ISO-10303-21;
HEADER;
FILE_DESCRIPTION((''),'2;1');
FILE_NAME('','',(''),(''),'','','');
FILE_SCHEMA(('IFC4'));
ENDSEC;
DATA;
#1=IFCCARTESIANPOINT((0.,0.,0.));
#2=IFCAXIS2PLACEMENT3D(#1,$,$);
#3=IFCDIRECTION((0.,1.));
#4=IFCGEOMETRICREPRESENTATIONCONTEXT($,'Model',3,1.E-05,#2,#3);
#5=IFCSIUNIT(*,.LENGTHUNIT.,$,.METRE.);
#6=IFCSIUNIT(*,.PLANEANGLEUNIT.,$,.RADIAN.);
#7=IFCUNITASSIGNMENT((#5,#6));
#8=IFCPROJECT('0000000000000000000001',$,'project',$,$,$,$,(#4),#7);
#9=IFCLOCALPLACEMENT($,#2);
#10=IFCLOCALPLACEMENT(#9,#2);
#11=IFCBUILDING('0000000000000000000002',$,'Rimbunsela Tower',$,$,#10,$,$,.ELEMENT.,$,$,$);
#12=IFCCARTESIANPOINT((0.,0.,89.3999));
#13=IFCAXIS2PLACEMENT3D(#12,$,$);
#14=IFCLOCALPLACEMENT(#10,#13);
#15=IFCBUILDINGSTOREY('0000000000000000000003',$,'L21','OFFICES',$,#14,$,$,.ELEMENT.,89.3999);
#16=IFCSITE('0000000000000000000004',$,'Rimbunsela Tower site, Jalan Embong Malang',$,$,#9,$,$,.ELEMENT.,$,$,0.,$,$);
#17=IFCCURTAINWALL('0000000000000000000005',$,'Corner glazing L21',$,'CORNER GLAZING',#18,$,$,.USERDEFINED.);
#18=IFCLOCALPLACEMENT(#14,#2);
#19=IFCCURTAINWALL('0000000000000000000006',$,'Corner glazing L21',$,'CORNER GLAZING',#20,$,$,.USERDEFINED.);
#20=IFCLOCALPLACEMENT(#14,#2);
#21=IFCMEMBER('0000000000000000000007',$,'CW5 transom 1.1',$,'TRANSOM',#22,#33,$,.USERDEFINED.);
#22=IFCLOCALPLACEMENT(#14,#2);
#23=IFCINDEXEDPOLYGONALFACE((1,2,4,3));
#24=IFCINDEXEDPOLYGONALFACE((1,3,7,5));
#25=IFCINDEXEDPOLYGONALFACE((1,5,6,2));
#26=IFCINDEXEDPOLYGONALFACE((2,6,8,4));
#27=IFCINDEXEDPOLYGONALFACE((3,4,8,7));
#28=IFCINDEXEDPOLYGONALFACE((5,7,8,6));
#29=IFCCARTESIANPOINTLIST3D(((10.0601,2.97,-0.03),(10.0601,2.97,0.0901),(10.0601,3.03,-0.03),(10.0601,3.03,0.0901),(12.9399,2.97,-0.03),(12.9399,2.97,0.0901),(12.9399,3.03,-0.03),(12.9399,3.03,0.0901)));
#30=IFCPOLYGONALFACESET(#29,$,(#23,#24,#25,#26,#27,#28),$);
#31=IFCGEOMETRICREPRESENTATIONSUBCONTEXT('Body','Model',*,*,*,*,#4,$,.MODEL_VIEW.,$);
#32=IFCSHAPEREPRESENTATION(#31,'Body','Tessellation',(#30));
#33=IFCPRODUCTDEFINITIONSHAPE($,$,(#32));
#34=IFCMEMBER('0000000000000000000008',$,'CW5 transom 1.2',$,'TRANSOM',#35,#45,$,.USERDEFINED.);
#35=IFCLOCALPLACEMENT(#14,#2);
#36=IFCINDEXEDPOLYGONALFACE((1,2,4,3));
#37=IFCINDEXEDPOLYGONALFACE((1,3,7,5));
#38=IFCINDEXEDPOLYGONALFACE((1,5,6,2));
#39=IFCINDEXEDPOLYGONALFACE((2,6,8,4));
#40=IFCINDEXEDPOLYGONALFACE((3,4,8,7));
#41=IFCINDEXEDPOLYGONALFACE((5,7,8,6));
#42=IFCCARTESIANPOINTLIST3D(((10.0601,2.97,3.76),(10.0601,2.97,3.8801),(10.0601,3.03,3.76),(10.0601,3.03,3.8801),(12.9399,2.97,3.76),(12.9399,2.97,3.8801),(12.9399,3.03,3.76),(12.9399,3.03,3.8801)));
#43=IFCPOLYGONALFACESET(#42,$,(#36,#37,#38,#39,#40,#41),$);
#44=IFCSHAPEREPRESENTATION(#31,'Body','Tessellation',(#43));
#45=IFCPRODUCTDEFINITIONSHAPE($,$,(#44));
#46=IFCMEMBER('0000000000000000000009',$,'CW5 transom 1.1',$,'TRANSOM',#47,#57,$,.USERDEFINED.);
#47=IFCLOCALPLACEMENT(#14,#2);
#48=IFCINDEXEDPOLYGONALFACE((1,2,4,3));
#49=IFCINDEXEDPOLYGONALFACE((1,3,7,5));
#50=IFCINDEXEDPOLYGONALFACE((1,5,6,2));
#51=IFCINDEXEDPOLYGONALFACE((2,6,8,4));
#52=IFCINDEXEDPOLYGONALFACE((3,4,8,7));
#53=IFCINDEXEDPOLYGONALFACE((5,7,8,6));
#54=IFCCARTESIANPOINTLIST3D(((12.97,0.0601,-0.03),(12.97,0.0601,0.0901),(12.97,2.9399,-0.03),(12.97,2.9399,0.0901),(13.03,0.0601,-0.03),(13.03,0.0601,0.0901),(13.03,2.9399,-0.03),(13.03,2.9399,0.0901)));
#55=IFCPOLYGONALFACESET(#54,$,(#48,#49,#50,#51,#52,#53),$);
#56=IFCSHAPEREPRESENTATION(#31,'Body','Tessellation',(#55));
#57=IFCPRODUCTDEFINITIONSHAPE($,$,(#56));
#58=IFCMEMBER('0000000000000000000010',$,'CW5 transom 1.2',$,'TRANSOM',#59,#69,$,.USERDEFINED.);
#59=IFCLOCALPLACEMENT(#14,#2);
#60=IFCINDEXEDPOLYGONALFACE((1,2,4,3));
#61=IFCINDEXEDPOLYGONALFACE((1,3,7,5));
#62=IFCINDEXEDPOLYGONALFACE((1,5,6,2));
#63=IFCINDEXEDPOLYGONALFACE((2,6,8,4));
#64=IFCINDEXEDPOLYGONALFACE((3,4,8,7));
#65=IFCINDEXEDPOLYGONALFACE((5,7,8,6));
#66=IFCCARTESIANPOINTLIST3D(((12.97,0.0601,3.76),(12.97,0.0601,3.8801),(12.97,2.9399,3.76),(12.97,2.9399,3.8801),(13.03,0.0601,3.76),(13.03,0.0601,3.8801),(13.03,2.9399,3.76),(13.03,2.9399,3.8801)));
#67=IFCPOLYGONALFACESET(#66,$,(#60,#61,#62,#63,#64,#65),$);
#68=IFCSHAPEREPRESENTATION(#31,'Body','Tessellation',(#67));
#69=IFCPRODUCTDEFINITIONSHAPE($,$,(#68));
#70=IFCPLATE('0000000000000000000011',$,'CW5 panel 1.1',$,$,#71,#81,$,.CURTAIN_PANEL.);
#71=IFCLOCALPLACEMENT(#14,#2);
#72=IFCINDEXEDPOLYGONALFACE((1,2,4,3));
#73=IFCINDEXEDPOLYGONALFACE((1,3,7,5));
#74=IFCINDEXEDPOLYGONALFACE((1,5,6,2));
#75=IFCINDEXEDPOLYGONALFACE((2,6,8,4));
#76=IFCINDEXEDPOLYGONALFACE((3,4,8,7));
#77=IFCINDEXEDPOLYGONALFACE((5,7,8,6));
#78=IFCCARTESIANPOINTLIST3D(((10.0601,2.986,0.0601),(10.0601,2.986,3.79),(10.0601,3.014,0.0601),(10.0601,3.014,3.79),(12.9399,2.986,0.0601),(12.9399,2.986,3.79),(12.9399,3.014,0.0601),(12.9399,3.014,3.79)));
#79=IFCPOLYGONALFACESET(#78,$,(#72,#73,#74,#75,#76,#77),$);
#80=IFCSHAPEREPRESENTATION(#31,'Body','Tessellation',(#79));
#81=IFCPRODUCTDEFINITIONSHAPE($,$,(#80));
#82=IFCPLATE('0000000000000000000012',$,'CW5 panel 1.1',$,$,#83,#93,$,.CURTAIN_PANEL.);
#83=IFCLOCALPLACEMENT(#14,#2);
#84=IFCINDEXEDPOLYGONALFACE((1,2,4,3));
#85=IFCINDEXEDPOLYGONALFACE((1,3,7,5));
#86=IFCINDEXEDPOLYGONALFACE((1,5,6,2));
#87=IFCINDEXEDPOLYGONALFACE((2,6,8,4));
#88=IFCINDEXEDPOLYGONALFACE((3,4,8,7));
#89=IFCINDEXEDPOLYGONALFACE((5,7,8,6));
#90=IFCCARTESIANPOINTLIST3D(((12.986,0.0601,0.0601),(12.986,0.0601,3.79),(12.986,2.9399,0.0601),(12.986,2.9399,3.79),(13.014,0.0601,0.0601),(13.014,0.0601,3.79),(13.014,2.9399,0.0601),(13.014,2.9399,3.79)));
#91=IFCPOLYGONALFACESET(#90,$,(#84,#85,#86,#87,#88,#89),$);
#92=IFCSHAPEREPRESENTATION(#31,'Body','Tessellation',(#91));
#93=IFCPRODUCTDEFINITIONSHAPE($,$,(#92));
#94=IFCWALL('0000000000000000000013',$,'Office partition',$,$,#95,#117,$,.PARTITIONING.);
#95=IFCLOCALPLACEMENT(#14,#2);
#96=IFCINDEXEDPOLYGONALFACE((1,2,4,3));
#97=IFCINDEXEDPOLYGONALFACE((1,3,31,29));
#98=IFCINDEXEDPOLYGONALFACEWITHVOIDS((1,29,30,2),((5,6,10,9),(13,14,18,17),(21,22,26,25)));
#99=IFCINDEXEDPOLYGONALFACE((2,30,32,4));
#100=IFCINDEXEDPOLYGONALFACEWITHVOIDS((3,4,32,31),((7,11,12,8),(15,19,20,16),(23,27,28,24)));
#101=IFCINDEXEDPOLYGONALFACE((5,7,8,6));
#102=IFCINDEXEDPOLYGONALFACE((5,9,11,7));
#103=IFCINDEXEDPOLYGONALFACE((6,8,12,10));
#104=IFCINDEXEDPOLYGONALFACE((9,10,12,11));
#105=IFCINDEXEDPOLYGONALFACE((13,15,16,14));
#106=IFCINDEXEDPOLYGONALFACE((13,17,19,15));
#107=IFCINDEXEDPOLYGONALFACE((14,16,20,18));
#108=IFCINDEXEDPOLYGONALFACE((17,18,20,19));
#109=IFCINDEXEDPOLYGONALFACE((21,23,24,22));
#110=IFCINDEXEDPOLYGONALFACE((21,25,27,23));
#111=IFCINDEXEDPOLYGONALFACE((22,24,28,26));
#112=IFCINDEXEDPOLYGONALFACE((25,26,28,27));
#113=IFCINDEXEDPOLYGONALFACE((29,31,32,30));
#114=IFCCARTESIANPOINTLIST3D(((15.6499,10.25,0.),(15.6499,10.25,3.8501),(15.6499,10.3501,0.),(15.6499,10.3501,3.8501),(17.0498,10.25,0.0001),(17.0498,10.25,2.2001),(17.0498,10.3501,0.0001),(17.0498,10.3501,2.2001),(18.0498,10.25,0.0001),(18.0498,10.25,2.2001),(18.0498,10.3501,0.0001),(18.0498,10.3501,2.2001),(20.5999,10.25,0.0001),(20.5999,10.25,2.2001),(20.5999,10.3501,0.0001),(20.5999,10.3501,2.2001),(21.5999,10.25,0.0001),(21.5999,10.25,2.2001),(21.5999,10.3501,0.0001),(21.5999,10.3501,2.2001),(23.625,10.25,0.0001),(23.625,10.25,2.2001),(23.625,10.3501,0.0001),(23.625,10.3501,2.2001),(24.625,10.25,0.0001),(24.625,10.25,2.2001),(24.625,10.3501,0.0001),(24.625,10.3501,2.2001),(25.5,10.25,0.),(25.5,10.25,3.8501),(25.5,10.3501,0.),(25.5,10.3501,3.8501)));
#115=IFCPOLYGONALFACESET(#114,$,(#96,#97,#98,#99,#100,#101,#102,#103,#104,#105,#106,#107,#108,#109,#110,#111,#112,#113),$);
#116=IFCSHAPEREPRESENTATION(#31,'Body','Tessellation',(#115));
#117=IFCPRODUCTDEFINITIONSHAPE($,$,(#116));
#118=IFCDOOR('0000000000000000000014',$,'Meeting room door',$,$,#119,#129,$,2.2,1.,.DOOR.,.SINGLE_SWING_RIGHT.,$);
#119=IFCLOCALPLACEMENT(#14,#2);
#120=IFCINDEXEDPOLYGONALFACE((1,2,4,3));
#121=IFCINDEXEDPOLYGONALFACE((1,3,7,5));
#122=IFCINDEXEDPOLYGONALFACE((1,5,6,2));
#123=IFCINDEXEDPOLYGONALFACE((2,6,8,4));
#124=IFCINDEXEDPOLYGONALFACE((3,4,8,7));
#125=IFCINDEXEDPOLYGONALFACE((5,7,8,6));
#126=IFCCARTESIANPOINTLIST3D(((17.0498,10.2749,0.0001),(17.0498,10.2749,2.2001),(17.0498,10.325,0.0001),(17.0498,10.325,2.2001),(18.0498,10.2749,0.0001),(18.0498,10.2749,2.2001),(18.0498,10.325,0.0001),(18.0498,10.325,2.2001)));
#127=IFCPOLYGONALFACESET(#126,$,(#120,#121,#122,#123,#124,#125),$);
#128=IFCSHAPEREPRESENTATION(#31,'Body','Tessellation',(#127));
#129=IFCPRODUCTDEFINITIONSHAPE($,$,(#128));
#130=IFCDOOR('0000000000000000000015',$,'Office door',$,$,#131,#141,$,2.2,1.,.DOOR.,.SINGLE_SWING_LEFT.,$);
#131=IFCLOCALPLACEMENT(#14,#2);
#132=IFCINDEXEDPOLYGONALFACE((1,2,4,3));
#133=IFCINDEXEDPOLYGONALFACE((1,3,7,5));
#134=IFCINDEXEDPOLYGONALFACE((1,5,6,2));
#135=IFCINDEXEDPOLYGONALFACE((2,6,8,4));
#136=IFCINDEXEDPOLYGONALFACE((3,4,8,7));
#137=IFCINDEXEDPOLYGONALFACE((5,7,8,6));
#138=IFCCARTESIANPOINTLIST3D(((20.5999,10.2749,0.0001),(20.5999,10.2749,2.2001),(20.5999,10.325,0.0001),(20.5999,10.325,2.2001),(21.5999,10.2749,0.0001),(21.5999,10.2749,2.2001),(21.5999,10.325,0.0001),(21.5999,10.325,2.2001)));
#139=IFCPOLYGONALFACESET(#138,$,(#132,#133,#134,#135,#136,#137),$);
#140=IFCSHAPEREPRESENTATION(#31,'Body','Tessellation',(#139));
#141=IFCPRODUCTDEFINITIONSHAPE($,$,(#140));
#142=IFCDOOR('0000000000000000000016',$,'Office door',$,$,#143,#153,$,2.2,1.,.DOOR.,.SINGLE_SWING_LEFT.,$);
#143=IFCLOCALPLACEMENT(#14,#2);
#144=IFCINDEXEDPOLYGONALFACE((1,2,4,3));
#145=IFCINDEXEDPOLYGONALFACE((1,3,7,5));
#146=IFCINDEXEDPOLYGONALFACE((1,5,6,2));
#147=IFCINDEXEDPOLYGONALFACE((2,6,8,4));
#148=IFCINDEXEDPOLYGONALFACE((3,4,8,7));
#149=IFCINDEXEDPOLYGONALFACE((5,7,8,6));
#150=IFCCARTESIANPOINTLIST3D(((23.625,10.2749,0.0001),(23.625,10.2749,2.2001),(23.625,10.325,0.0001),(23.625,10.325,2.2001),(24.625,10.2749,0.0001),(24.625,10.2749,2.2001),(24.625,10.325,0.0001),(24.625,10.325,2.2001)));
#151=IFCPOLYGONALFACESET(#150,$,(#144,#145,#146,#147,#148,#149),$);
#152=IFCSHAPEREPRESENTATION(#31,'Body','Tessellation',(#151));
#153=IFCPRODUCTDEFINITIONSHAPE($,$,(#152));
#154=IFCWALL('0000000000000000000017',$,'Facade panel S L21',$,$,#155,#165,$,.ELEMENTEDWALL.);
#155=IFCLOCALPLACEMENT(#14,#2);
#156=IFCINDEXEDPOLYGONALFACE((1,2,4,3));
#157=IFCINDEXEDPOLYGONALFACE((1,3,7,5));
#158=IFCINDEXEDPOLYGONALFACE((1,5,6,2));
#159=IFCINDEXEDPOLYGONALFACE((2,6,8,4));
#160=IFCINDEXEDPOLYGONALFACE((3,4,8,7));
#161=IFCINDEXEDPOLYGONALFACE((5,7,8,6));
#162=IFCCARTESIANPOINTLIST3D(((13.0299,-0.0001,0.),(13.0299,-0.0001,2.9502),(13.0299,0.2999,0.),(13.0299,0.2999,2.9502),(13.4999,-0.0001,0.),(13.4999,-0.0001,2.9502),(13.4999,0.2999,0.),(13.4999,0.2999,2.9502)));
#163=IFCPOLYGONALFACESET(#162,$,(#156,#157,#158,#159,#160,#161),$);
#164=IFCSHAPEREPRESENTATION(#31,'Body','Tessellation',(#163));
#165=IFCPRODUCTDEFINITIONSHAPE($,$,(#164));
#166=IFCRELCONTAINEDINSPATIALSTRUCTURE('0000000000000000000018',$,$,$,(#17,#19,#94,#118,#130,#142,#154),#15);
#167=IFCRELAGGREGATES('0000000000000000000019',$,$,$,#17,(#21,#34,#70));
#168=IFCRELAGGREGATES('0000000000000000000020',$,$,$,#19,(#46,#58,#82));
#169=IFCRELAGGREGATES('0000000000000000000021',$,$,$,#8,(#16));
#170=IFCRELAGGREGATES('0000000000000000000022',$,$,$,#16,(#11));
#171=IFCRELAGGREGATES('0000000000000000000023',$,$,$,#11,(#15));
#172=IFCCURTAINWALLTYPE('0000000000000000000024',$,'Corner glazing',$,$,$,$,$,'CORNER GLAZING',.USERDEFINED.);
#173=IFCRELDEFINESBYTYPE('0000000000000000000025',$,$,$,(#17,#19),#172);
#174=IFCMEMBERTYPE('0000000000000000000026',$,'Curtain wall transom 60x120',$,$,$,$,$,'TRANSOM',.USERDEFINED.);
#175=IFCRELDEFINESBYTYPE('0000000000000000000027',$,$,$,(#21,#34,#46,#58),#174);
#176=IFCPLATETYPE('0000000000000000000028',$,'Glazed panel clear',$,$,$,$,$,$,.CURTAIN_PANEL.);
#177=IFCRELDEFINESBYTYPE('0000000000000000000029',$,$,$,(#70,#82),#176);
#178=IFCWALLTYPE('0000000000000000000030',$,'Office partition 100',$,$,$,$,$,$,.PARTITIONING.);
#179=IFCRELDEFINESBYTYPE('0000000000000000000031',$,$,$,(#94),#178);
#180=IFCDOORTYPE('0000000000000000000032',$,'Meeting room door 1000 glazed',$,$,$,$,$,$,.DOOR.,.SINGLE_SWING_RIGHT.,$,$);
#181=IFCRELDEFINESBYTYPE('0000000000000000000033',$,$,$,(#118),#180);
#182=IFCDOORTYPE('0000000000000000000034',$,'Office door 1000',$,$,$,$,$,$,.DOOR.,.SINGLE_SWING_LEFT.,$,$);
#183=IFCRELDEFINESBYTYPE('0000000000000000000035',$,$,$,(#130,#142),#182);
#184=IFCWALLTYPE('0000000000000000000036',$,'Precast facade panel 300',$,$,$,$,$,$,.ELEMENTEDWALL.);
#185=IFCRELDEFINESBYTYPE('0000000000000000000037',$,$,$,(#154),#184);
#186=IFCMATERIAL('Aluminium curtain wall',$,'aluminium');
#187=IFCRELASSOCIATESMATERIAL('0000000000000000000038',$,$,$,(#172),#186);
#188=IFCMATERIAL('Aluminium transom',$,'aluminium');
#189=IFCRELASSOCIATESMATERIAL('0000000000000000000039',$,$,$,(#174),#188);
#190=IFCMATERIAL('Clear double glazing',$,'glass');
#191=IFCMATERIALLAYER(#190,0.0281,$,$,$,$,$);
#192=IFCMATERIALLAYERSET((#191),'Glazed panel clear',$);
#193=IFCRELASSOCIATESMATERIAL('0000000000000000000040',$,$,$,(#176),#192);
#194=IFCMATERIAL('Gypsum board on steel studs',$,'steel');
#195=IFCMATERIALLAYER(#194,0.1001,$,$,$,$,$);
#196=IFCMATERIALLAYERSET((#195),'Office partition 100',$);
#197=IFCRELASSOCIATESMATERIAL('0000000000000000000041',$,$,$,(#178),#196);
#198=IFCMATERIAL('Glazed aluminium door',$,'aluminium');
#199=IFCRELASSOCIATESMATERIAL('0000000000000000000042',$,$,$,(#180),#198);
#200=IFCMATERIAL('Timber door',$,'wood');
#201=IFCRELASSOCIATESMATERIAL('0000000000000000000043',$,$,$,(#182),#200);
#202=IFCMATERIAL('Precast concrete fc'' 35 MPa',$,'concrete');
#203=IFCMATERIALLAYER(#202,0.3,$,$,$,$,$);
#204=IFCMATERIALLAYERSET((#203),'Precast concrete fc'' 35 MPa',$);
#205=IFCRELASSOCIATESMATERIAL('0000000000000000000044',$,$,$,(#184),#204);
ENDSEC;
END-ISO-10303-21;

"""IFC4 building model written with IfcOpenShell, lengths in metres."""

from ifc_helpers import new_model, si_unit, direction, frame, frame_2d, origin, origin_2d, place, context, subcontext, project, spatial, rectangle, extrude, material, layer, layer_set, material_profile, profile_set, type_object, element, fill, aggregate, save


model = new_model("IFC4")

# Units and contexts
model_context = context("Model", 3, precision=1e-05, world=origin(), true_north=direction((0.0, 1.0)))
body_context = subcontext(model_context, "Body", "Model", "MODEL_VIEW")
ifc_project = project(units=[si_unit("LENGTHUNIT", "METRE"), si_unit("PLANEANGLEUNIT", "RADIAN")], contexts=[model_context])

# Site, building, storey
site_placement = place(None, origin())
site = spatial("IfcSite", under=ifc_project, at=site_placement, Name="Rimbunsela Tower site, Jalan Embong Malang", CompositionType="ELEMENT", RefElevation=0.0)
building_placement = place(site_placement, origin())
building = spatial("IfcBuilding", under=site, at=building_placement, Name="Rimbunsela Tower", CompositionType="ELEMENT")
storey_placement = place(building_placement, frame((0.0, 0.0, 89.3999)))
storey = spatial("IfcBuildingStorey", under=building, at=storey_placement, Name="L21", Description="OFFICES", CompositionType="ELEMENT", Elevation=89.3999)

# Curtain walls
ifc_material_1 = material(Name="Aluminium curtain wall", Category="aluminium")
curtain_wall_type = type_object("IfcCurtainWallType", Name="Corner glazing", ElementType="CORNER GLAZING", PredefinedType="USERDEFINED", material=ifc_material_1)
curtain_wall_1_placement = place(storey_placement, origin())
curtain_wall_1 = element("IfcCurtainWall", 1, at=curtain_wall_1_placement, inside=storey, type_object=curtain_wall_type, Name="Corner glazing L21", ObjectType="CORNER GLAZING", PredefinedType="USERDEFINED")
curtain_wall_2_placement = place(storey_placement, origin())
curtain_wall_2 = element("IfcCurtainWall", 2, at=curtain_wall_2_placement, inside=storey, type_object=curtain_wall_type, Name="Corner glazing L21", ObjectType="CORNER GLAZING", PredefinedType="USERDEFINED")

# Members
ifc_material_2 = material(Name="Aluminium transom", Category="aluminium")
ifc_material_profile_1 = material_profile(ifc_material_2, rectangle(XDim=0.0601, YDim=0.1201, at=origin_2d()), Name="Transom 60x120")
ifc_profile_set_1 = profile_set([ifc_material_profile_1], Name="Aluminium transom")
member_type_1 = type_object("IfcMemberType", Name="Curtain wall transom 60x120", ElementType="TRANSOM", PredefinedType="USERDEFINED", material=ifc_profile_set_1)
member_1_placement = place(storey_placement, frame((10.0601, 3.0, 0.03), z_axis=(1.0, 0.0, 0.0), x_axis=(0.0, 1.0, 0.0)))
member_1 = element("IfcMember", 3, at=member_1_placement, type_object=member_type_1, Name="CW5 transom 1.1", ObjectType="TRANSOM", PredefinedType="USERDEFINED", context=body_context, shape_type="SweptSolid", body=[
    extrude(rectangle(XDim=0.0601, YDim=0.1201, at=origin_2d()), origin(), (0.0, 0.0, 1.0), 2.8799),
])
member_2_placement = place(storey_placement, frame((10.0601, 3.0, 3.8201), z_axis=(1.0, 0.0, 0.0), x_axis=(0.0, 1.0, 0.0)))
member_2 = element("IfcMember", 4, at=member_2_placement, type_object=member_type_1, Name="CW5 transom 1.2", ObjectType="TRANSOM", PredefinedType="USERDEFINED", context=body_context, shape_type="SweptSolid", body=[
    extrude(rectangle(XDim=0.0601, YDim=0.1201, at=origin_2d()), origin(), (0.0, 0.0, 1.0), 2.8799),
])
member_3_placement = place(storey_placement, frame((13.0, 2.9399, 0.03), z_axis=(0.0, -1.0, 0.0), x_axis=(1.0, 0.0, 0.0)))
member_3 = element("IfcMember", 5, at=member_3_placement, type_object=member_type_1, Name="CW5 transom 1.1", ObjectType="TRANSOM", PredefinedType="USERDEFINED", context=body_context, shape_type="SweptSolid", body=[
    extrude(rectangle(XDim=0.0601, YDim=0.1201, at=origin_2d()), origin(), (0.0, 0.0, 1.0), 2.8799),
])
member_4_placement = place(storey_placement, frame((13.0, 2.9399, 3.8201), z_axis=(0.0, -1.0, 0.0), x_axis=(1.0, 0.0, 0.0)))
member_4 = element("IfcMember", 6, at=member_4_placement, type_object=member_type_1, Name="CW5 transom 1.2", ObjectType="TRANSOM", PredefinedType="USERDEFINED", context=body_context, shape_type="SweptSolid", body=[
    extrude(rectangle(XDim=0.0601, YDim=0.1201, at=origin_2d()), origin(), (0.0, 0.0, 1.0), 2.8799),
])

# Plates
ifc_material_3 = material(Name="Clear double glazing", Category="glass")
ifc_layer_1 = layer(ifc_material_3, 0.0281)
ifc_layer_set_1 = layer_set([ifc_layer_1], Name="Glazed panel clear")
plate_type = type_object("IfcPlateType", Name="Glazed panel clear", PredefinedType="CURTAIN_PANEL", material=ifc_layer_set_1)
plate_1_placement = place(storey_placement, frame((11.5, 3.0, 0.0601), z_axis=(0.0, 0.0, 1.0), x_axis=(1.0, 0.0, 0.0)))
plate_1 = element("IfcPlate", 7, at=plate_1_placement, type_object=plate_type, Name="CW5 panel 1.1", PredefinedType="CURTAIN_PANEL", context=body_context, shape_type="SweptSolid", body=[
    extrude(rectangle(XDim=2.8799, YDim=0.0281, at=origin_2d()), origin(), (0.0, 0.0, 1.0), 3.73),
])
aggregate(curtain_wall_1, [member_1, member_2, plate_1])
plate_2_placement = place(storey_placement, frame((13.0, 1.5, 0.0601), z_axis=(0.0, 0.0, 1.0), x_axis=(0.0, -1.0, 0.0)))
plate_2 = element("IfcPlate", 8, at=plate_2_placement, type_object=plate_type, Name="CW5 panel 1.1", PredefinedType="CURTAIN_PANEL", context=body_context, shape_type="SweptSolid", body=[
    extrude(rectangle(XDim=2.8799, YDim=0.0281, at=origin_2d()), origin(), (0.0, 0.0, 1.0), 3.73),
])
aggregate(curtain_wall_2, [member_3, member_4, plate_2])

# Wall, openings, doors
ifc_material_4 = material(Name="Gypsum board on steel studs", Category="steel")
ifc_layer_2 = layer(ifc_material_4, 0.1001)
ifc_layer_set_2 = layer_set([ifc_layer_2], Name="Office partition 100")
wall_type_1 = type_object("IfcWallType", Name="Office partition 100", PredefinedType="PARTITIONING", material=ifc_layer_set_2)
wall_1_placement = place(storey_placement, frame((15.6499, 10.3, 0.0), z_axis=(0.0, 0.0, 1.0), x_axis=(1.0, 0.0, 0.0)))
wall_1 = element("IfcWall", 9, at=wall_1_placement, inside=storey, type_object=wall_type_1, Name="Office partition", PredefinedType="PARTITIONING", context=body_context, shape_type="SweptSolid", body=[
    extrude(rectangle(XDim=9.8501, YDim=0.1001, at=frame_2d((4.925, 0.0))), origin(), (0.0, 0.0, 1.0), 3.8501),
])
opening_1_placement = place(wall_1_placement, frame((1.3999, 0.0, 0.0)))
opening_1 = element("IfcOpeningElement", 10, at=opening_1_placement, cuts=wall_1, PredefinedType="OPENING", context=body_context, shape_type="SweptSolid", body=[
    extrude(rectangle(XDim=1.0, YDim=2.2, at=frame_2d((0.5, 1.1001))), frame((0.0, 0.0601, 0.0), z_axis=(0.0, -1.0, 0.0), x_axis=(1.0, 0.0, 0.0)), (0.0, 0.0, 1.0), 0.1201),
])
opening_2_placement = place(wall_1_placement, frame((4.95, 0.0, 0.0)))
opening_2 = element("IfcOpeningElement", 11, at=opening_2_placement, cuts=wall_1, PredefinedType="OPENING", context=body_context, shape_type="SweptSolid", body=[
    extrude(rectangle(XDim=1.0, YDim=2.2, at=frame_2d((0.5, 1.1001))), frame((0.0, 0.0601, 0.0), z_axis=(0.0, -1.0, 0.0), x_axis=(1.0, 0.0, 0.0)), (0.0, 0.0, 1.0), 0.1201),
])
opening_3_placement = place(wall_1_placement, frame((7.9751, 0.0, 0.0)))
opening_3 = element("IfcOpeningElement", 12, at=opening_3_placement, cuts=wall_1, PredefinedType="OPENING", context=body_context, shape_type="SweptSolid", body=[
    extrude(rectangle(XDim=1.0, YDim=2.2, at=frame_2d((0.5, 1.1001))), frame((0.0, 0.0601, 0.0), z_axis=(0.0, -1.0, 0.0), x_axis=(1.0, 0.0, 0.0)), (0.0, 0.0, 1.0), 0.1201),
])
ifc_material_5 = material(Name="Glazed aluminium door", Category="aluminium")
door_type_1 = type_object("IfcDoorType", Name="Meeting room door 1000 glazed", OperationType="SINGLE_SWING_RIGHT", PredefinedType="DOOR", material=ifc_material_5)
door_1_placement = place(opening_1_placement, origin())
door_1 = element("IfcDoor", 13, at=door_1_placement, inside=storey, type_object=door_type_1, Name="Meeting room door", OperationType="SINGLE_SWING_RIGHT", OverallHeight=2.2, OverallWidth=1.0, PredefinedType="DOOR", context=body_context, shape_type="SweptSolid", body=[
    extrude(rectangle(XDim=1.0, YDim=2.2, at=frame_2d((0.5, 1.1001))), frame((0.0, 0.0249, 0.0), z_axis=(0.0, -1.0, 0.0), x_axis=(1.0, 0.0, 0.0)), (0.0, 0.0, 1.0), 0.05),
])
fill(opening_1, door_1)
ifc_material_6 = material(Name="Timber door", Category="wood")
door_type_2 = type_object("IfcDoorType", Name="Office door 1000", OperationType="SINGLE_SWING_LEFT", PredefinedType="DOOR", material=ifc_material_6)
door_2_placement = place(opening_2_placement, origin())
door_2 = element("IfcDoor", 14, at=door_2_placement, inside=storey, type_object=door_type_2, Name="Office door", OperationType="SINGLE_SWING_LEFT", OverallHeight=2.2, OverallWidth=1.0, PredefinedType="DOOR", context=body_context, shape_type="SweptSolid", body=[
    extrude(rectangle(XDim=1.0, YDim=2.2, at=frame_2d((0.5, 1.1001))), frame((0.0, 0.0249, 0.0), z_axis=(0.0, -1.0, 0.0), x_axis=(1.0, 0.0, 0.0)), (0.0, 0.0, 1.0), 0.05),
])
fill(opening_2, door_2)
door_3_placement = place(opening_3_placement, origin())
door_3 = element("IfcDoor", 15, at=door_3_placement, inside=storey, type_object=door_type_2, Name="Office door", OperationType="SINGLE_SWING_LEFT", OverallHeight=2.2, OverallWidth=1.0, PredefinedType="DOOR", context=body_context, shape_type="SweptSolid", body=[
    extrude(rectangle(XDim=1.0, YDim=2.2, at=frame_2d((0.5, 1.1001))), frame((0.0, 0.0249, 0.0), z_axis=(0.0, -1.0, 0.0), x_axis=(1.0, 0.0, 0.0)), (0.0, 0.0, 1.0), 0.05),
])
fill(opening_3, door_3)

# Wall
ifc_material_7 = material(Name="Precast concrete fc' 35 MPa", Category="concrete")
ifc_layer_3 = layer(ifc_material_7, 0.3)
ifc_layer_set_3 = layer_set([ifc_layer_3], Name="Precast concrete fc' 35 MPa")
wall_type_2 = type_object("IfcWallType", Name="Precast facade panel 300", PredefinedType="ELEMENTEDWALL", material=ifc_layer_set_3)
wall_2_placement = place(storey_placement, frame((13.03, 0.1499, 0.0), z_axis=(0.0, 0.0, 1.0), x_axis=(1.0, 0.0, 0.0)))
element("IfcWall", 16, at=wall_2_placement, inside=storey, type_object=wall_type_2, Name="Facade panel S L21", PredefinedType="ELEMENTEDWALL", context=body_context, shape_type="SweptSolid", body=[
    extrude(rectangle(XDim=0.47, YDim=0.3, at=frame_2d((0.2349, 0.0))), origin(), (0.0, 0.0, 1.0), 2.9502),
])

save(model, "model.ifc")
